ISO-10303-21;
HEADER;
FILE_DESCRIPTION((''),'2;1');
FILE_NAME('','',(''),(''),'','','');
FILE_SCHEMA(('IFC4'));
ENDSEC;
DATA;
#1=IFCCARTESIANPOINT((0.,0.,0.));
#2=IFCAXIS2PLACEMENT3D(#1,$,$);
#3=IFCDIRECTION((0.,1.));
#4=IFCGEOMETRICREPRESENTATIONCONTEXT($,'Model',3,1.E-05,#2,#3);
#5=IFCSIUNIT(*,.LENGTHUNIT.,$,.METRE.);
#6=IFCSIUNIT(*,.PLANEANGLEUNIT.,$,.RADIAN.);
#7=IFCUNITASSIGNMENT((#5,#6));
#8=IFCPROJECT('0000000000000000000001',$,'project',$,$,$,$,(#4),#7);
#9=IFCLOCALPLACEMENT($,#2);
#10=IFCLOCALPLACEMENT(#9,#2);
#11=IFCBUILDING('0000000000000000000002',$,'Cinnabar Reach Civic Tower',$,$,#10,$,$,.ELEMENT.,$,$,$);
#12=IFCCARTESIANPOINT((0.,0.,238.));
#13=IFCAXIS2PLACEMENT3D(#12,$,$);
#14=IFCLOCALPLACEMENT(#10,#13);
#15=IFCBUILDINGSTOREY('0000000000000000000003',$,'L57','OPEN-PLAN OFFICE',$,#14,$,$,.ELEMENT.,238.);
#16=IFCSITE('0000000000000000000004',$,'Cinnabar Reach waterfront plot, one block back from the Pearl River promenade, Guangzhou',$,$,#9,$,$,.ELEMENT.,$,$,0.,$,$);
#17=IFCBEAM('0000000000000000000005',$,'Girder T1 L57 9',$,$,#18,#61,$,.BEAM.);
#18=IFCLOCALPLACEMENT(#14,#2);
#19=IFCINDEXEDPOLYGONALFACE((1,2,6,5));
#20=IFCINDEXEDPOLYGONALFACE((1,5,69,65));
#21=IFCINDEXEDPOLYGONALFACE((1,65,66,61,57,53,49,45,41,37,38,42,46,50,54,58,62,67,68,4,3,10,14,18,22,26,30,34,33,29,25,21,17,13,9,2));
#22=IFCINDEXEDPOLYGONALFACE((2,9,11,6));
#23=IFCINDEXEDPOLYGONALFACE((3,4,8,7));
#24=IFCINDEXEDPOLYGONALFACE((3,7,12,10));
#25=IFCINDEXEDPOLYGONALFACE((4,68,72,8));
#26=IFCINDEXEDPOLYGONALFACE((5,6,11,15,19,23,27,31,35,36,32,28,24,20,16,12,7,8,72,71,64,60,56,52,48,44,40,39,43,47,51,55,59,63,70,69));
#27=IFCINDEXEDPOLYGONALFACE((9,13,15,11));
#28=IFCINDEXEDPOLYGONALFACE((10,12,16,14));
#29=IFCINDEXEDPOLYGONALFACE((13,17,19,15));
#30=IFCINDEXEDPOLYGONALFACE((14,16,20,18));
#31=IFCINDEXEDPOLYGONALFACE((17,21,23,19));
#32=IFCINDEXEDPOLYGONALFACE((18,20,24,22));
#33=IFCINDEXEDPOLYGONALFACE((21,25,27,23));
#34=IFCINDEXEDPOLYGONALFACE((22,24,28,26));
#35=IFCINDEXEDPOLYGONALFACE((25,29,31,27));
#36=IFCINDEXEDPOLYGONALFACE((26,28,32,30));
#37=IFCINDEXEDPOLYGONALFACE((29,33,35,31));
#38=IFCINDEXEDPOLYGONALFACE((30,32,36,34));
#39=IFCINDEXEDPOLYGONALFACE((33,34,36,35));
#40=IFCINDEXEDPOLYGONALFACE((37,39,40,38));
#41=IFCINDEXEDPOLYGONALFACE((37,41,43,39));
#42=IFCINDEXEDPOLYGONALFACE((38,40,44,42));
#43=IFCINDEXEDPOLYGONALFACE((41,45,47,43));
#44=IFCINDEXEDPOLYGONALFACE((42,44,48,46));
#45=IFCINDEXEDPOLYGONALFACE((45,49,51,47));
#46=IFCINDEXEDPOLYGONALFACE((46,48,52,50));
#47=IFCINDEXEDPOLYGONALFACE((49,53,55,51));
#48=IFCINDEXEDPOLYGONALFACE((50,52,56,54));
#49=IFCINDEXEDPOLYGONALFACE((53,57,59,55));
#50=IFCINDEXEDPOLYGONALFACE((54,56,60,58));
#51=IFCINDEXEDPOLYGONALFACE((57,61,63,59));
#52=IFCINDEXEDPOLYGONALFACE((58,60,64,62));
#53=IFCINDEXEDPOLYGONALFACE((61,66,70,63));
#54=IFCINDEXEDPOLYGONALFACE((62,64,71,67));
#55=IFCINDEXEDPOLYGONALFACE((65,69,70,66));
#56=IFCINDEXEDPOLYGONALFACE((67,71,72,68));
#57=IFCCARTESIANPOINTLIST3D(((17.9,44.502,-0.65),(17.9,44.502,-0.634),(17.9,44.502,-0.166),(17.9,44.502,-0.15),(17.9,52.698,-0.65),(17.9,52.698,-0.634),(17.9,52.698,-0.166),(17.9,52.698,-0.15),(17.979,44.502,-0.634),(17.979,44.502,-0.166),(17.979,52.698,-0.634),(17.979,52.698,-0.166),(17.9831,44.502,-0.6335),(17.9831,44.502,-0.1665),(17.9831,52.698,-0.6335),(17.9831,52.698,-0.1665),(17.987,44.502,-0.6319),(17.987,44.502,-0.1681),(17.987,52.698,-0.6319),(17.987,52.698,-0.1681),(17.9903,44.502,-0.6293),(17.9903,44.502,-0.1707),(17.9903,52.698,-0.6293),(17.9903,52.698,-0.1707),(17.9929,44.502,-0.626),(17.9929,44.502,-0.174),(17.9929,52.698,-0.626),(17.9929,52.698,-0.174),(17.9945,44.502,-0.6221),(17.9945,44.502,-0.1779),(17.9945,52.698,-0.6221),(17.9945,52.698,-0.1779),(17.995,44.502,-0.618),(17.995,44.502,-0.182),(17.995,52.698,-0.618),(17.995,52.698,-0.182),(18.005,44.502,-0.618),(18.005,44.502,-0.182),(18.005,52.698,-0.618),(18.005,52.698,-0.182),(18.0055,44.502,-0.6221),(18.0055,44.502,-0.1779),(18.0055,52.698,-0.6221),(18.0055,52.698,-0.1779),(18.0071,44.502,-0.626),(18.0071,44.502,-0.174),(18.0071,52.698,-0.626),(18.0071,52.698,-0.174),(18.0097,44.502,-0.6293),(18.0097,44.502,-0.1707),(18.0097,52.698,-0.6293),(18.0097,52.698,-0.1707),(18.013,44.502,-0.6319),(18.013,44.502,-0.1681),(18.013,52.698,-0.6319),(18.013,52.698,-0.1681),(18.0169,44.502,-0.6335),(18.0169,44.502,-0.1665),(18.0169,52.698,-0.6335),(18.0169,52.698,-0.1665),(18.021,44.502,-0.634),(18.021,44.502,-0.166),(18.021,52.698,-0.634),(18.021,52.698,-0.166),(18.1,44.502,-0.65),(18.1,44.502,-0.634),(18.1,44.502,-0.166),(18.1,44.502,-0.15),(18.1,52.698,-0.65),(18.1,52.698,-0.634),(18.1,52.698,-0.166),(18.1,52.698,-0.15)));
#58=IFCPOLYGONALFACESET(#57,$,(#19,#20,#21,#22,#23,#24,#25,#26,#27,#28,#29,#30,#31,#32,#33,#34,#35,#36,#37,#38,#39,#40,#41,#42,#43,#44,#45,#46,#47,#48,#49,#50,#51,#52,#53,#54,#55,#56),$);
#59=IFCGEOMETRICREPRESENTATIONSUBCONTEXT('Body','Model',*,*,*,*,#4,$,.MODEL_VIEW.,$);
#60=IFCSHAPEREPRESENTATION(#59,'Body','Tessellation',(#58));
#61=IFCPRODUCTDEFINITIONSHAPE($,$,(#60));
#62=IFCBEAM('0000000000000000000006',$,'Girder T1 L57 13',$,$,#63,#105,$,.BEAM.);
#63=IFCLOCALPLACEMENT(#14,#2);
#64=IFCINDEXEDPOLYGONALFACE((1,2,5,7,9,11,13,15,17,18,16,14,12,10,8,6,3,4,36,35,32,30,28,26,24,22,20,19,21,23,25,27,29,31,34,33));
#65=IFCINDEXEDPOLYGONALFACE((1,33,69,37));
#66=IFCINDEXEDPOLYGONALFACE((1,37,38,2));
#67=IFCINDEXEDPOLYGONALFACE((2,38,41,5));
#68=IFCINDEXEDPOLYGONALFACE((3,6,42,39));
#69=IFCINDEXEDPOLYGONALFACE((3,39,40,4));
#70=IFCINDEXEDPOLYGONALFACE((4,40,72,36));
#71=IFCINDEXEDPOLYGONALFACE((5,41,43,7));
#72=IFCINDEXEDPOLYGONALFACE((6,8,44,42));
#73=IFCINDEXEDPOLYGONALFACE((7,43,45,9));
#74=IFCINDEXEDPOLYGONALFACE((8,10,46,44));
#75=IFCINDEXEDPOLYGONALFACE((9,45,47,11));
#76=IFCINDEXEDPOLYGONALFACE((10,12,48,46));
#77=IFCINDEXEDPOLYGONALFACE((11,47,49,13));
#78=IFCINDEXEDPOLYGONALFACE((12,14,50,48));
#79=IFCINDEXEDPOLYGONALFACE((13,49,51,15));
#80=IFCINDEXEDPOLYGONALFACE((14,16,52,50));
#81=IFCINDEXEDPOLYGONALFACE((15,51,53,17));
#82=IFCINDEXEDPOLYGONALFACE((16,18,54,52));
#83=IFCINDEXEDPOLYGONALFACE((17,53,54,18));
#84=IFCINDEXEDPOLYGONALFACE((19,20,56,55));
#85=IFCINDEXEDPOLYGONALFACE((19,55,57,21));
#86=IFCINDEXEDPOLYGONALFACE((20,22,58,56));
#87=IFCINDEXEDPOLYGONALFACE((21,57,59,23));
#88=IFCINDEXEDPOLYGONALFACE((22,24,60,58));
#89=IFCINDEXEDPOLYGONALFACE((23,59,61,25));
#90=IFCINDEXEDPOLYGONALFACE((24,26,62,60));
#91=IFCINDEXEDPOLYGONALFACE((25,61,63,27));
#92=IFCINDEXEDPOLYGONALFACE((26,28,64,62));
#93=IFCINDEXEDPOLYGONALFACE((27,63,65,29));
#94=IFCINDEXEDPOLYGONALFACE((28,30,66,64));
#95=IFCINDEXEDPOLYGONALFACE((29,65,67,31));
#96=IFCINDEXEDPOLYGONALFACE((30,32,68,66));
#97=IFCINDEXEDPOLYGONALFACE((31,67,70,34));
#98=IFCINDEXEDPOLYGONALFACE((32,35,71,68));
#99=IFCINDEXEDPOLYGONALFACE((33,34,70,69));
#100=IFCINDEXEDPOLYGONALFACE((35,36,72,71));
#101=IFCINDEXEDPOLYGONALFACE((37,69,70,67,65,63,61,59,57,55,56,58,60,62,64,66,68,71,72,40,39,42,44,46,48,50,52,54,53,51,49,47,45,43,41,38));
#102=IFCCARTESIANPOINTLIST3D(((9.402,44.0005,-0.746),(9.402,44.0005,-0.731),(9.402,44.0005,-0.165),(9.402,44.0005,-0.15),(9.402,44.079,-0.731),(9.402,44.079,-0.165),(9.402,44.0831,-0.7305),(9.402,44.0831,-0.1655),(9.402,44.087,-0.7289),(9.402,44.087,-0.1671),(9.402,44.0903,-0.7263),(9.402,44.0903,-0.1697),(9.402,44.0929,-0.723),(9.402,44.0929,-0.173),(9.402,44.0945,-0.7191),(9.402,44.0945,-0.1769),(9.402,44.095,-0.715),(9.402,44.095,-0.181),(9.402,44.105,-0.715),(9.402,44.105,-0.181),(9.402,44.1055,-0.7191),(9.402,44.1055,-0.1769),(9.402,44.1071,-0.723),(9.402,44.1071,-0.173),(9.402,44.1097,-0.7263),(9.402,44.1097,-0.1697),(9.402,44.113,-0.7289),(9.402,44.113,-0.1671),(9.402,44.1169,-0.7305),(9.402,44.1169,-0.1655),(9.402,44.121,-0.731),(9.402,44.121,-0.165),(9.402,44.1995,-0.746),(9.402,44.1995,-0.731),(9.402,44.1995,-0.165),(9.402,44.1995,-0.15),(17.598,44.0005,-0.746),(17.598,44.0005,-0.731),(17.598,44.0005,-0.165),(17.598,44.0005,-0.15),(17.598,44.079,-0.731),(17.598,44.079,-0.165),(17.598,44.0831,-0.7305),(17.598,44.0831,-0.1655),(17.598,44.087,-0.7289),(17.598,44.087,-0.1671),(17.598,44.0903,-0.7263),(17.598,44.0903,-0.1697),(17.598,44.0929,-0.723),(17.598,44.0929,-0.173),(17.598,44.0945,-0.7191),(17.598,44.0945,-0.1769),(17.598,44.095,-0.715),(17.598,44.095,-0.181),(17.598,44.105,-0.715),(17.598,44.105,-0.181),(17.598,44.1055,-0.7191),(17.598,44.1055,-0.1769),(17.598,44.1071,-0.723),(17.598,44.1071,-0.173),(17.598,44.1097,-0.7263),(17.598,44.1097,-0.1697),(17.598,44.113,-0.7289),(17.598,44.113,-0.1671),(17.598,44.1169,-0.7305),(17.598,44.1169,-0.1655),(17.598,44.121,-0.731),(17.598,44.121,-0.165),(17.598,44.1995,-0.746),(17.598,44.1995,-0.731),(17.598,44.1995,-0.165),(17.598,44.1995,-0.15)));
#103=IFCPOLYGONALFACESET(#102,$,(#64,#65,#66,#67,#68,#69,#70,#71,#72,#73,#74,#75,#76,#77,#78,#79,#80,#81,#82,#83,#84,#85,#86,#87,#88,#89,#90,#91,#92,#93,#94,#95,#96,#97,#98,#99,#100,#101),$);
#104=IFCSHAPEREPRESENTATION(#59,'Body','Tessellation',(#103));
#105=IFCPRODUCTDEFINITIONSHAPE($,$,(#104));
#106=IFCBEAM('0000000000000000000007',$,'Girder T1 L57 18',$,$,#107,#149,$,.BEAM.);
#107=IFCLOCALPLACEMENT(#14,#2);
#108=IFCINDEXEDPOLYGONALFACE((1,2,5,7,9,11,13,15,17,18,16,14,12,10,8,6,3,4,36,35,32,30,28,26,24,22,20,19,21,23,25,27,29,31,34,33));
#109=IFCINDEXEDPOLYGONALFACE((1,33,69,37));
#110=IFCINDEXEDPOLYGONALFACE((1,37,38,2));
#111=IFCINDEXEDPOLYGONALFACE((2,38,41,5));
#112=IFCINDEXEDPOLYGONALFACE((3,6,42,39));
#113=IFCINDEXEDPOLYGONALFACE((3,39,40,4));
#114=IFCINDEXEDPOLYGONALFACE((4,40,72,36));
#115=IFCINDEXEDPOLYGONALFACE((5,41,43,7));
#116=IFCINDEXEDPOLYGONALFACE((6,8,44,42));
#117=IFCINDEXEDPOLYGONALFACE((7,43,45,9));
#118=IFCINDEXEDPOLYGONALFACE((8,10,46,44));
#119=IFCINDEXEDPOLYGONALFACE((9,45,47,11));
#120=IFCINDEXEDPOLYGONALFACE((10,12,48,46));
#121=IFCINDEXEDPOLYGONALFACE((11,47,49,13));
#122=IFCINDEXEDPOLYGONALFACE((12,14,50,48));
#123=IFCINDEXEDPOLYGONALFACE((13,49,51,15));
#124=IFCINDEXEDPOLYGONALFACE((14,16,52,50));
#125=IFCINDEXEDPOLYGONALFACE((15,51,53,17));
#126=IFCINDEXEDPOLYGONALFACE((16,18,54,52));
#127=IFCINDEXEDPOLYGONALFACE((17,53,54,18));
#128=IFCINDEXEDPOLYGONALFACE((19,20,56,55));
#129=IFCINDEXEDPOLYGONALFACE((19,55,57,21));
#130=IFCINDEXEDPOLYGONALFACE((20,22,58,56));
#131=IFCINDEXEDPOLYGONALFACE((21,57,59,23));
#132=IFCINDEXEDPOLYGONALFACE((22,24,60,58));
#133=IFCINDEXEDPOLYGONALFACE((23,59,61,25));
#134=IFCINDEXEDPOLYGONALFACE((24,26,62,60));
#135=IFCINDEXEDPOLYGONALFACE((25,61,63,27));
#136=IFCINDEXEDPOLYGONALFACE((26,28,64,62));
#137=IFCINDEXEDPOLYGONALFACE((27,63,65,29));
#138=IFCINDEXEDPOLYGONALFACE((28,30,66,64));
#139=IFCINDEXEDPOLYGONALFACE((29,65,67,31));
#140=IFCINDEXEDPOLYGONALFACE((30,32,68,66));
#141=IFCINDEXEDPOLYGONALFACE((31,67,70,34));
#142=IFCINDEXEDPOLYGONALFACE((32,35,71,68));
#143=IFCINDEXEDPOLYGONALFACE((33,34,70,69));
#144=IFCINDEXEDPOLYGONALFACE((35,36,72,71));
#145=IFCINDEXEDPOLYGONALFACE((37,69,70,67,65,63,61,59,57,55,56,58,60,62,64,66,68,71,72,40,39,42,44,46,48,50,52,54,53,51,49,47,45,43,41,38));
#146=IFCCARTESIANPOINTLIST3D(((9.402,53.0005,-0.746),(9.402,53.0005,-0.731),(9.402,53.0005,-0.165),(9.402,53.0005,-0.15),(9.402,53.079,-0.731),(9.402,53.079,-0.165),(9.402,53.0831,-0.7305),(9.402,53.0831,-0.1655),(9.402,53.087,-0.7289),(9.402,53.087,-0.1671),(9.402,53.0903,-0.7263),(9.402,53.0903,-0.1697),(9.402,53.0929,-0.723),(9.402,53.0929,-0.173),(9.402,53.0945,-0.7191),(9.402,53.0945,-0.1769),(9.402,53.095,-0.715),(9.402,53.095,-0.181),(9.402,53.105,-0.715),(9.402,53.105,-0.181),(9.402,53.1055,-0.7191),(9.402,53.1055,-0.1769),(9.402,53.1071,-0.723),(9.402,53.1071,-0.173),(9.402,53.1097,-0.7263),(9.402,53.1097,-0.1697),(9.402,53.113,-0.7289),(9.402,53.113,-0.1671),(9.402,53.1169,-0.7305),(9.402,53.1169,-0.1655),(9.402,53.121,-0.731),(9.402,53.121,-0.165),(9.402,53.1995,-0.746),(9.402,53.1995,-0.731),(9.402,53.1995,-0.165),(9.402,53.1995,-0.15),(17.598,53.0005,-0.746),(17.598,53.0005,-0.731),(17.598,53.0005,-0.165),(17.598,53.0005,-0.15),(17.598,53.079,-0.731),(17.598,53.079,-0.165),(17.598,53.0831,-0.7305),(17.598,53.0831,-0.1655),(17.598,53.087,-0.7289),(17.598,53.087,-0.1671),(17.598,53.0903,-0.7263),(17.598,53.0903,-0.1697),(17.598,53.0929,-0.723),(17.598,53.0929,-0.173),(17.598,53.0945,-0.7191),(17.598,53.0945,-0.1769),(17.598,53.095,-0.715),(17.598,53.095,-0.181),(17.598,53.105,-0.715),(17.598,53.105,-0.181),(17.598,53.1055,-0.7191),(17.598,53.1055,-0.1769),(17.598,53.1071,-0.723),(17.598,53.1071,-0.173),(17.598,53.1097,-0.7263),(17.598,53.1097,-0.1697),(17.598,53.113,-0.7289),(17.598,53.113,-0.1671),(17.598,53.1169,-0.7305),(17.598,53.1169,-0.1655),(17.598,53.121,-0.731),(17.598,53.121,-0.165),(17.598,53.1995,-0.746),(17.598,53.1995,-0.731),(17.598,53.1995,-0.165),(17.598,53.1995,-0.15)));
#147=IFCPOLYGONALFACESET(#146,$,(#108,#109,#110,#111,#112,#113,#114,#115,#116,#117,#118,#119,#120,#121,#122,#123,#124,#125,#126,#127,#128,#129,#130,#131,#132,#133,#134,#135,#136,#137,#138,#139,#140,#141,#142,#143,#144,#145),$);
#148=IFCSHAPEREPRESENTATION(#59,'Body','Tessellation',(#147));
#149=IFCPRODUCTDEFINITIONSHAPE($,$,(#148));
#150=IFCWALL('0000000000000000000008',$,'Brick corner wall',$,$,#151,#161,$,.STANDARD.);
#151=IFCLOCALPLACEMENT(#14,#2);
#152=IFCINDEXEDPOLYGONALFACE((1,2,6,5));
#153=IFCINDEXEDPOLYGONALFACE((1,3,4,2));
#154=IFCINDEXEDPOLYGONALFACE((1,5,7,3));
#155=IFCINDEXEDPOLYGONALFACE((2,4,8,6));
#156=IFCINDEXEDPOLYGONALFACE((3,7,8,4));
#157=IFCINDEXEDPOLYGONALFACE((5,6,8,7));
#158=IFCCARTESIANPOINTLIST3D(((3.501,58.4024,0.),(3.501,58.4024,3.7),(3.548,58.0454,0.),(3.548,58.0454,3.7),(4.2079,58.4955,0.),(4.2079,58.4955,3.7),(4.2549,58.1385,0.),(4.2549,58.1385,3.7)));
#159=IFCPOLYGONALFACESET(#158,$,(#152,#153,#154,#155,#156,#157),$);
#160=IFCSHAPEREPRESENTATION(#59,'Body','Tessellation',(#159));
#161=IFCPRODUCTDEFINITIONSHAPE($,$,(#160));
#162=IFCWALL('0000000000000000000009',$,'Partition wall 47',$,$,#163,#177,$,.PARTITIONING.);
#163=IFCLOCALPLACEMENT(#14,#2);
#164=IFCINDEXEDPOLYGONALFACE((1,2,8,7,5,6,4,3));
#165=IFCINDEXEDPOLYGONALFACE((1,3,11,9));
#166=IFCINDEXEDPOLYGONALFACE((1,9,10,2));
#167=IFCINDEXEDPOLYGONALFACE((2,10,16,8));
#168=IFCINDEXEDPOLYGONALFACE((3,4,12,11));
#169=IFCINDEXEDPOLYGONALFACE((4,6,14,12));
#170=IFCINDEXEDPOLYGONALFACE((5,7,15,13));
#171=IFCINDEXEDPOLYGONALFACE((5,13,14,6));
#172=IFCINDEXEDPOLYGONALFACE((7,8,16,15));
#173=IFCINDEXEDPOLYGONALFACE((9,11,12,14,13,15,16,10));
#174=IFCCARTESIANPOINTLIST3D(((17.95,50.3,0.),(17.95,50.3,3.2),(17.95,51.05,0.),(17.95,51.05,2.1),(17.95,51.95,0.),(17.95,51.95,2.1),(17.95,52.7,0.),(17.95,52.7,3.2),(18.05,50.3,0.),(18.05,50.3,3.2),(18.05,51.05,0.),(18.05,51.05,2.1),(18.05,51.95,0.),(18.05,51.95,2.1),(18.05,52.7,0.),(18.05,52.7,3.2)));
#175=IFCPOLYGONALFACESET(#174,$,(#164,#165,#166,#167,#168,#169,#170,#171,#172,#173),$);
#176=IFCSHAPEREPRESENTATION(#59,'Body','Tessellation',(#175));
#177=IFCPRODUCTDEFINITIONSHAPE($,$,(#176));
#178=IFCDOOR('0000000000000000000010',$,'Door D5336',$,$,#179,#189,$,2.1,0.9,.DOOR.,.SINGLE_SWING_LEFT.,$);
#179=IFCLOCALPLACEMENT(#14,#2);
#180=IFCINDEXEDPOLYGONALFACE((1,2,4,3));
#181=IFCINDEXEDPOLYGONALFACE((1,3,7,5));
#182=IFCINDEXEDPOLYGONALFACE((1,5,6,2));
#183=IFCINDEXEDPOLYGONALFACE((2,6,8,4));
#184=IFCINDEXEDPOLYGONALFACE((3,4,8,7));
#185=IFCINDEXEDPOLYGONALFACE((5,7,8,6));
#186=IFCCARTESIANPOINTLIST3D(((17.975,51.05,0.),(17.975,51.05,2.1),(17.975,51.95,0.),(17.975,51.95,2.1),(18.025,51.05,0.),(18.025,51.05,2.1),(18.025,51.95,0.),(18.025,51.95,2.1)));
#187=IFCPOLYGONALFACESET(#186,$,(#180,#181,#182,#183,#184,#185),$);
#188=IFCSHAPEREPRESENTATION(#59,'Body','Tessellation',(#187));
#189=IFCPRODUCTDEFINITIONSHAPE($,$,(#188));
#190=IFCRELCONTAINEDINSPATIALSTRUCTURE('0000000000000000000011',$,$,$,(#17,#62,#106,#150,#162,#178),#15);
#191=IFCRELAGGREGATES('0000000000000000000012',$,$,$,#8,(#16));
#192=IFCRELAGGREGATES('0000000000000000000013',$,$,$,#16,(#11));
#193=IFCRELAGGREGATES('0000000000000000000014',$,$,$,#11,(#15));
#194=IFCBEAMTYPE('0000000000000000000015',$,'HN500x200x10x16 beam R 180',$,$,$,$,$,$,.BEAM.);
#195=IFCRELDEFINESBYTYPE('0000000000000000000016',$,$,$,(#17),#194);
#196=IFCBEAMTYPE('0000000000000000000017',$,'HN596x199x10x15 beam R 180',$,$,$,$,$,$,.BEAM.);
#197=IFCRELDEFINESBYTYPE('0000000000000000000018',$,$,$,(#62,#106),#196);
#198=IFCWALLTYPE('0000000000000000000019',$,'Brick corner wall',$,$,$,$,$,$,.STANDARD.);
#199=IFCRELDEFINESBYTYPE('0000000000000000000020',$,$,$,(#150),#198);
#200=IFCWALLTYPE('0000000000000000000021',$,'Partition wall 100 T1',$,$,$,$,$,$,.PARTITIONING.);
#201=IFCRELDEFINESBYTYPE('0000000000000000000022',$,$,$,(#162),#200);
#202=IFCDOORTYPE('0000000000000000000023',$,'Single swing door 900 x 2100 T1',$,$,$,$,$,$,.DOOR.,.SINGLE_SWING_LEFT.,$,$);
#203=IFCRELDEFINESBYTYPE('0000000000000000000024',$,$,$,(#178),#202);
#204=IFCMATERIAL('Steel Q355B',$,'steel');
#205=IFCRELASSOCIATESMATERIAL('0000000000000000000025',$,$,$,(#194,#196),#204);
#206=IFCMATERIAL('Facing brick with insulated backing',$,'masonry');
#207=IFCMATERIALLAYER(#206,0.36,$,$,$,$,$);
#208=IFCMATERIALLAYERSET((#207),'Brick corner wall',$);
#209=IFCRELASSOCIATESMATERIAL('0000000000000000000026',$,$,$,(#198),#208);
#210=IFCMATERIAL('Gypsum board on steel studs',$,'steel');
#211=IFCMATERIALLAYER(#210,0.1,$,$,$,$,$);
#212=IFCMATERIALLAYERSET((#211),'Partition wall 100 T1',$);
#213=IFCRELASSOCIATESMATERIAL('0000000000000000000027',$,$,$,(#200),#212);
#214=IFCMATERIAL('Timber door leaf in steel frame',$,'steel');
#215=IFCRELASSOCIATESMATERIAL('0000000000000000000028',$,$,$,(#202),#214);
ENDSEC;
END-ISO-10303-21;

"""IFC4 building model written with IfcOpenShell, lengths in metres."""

from ifc_helpers import new_model, si_unit, direction, frame, frame_2d, origin, origin_2d, place, context, subcontext, project, spatial, rectangle, i_section, extrude, material, layer, layer_set, material_profile, profile_set, type_object, element, fill, save


model = new_model("IFC4")

# Units and contexts
model_context = context("Model", 3, precision=1e-05, world=origin(), true_north=direction((0.0, 1.0)))
body_context = subcontext(model_context, "Body", "Model", "MODEL_VIEW")
ifc_project = project(units=[si_unit("LENGTHUNIT", "METRE"), si_unit("PLANEANGLEUNIT", "RADIAN")], contexts=[model_context])

# Site, building, storey
site_placement = place(None, origin())
site = spatial("IfcSite", under=ifc_project, at=site_placement, Name="Cinnabar Reach waterfront plot, one block back from the Pearl River promenade, Guangzhou", CompositionType="ELEMENT", RefElevation=0.0)
building_placement = place(site_placement, origin())
building = spatial("IfcBuilding", under=site, at=building_placement, Name="Cinnabar Reach Civic Tower", CompositionType="ELEMENT")
storey_placement = place(building_placement, frame((0.0, 0.0, 238.0)))
storey = spatial("IfcBuildingStorey", under=building, at=storey_placement, Name="L57", Description="OPEN-PLAN OFFICE", CompositionType="ELEMENT", Elevation=238.0)

# Beams
ifc_material_1 = material(Name="Steel Q355B", Category="steel")
ifc_material_profile_1 = material_profile(ifc_material_1, i_section(OverallWidth=0.2, OverallDepth=0.5, WebThickness=0.01, FlangeThickness=0.016, FilletRadius=0.016, at=origin_2d()), Name="HN500x200x10x16")
ifc_profile_set_1 = profile_set([ifc_material_profile_1], Name="Steel Q355B")
beam_type_1 = type_object("IfcBeamType", Name="HN500x200x10x16 beam R 180", PredefinedType="BEAM", material=ifc_profile_set_1)
for number, where, z_axis, x_axis, name in (
    (1, (18.0, 44.502, -0.4), (0.0, 1.0, 0.0), (-1.0, 0.0, 0.0), "Girder T1 L57 9"),
):
    element("IfcBeam", number, at=place(storey_placement, frame(where, z_axis=z_axis, x_axis=x_axis)), inside=storey, type_object=beam_type_1, Name=name, PredefinedType="BEAM", context=body_context, shape_type="SweptSolid", body=[
        extrude(i_section(OverallWidth=0.2, OverallDepth=0.5, WebThickness=0.01, FlangeThickness=0.016, FilletRadius=0.016, at=origin_2d()), origin(), (0.0, 0.0, 1.0), 8.196),
    ])
ifc_material_profile_2 = material_profile(ifc_material_1, i_section(OverallWidth=0.199, OverallDepth=0.596, WebThickness=0.01, FlangeThickness=0.015, FilletRadius=0.016, at=origin_2d()), Name="HN596x199x10x15")
ifc_profile_set_2 = profile_set([ifc_material_profile_2], Name="Steel Q355B")
beam_type_2 = type_object("IfcBeamType", Name="HN596x199x10x15 beam R 180", PredefinedType="BEAM", material=ifc_profile_set_2)
for number, where, z_axis, x_axis, name in (
    (2, (9.402, 44.1, -0.448), (1.0, 0.0, 0.0), (0.0, 1.0, 0.0), "Girder T1 L57 13"),
    (3, (9.402, 53.1, -0.448), (1.0, 0.0, 0.0), (0.0, 1.0, 0.0), "Girder T1 L57 18"),
):
    element("IfcBeam", number, at=place(storey_placement, frame(where, z_axis=z_axis, x_axis=x_axis)), inside=storey, type_object=beam_type_2, Name=name, PredefinedType="BEAM", context=body_context, shape_type="SweptSolid", body=[
        extrude(i_section(OverallWidth=0.199, OverallDepth=0.596, WebThickness=0.01, FlangeThickness=0.015, FilletRadius=0.016, at=origin_2d()), origin(), (0.0, 0.0, 1.0), 8.196),
    ])

# Wall
ifc_material_2 = material(Name="Facing brick with insulated backing", Category="masonry")
ifc_layer_1 = layer(ifc_material_2, 0.36)
ifc_layer_set_1 = layer_set([ifc_layer_1], Name="Brick corner wall")
wall_type_1 = type_object("IfcWallType", Name="Brick corner wall", PredefinedType="STANDARD", material=ifc_layer_set_1)
wall_1_placement = place(storey_placement, frame((4.2314, 58.317, 0.0), z_axis=(0.0, 0.0, 1.0), x_axis=(-0.991441, -0.130556, 0.0)))
element("IfcWall", 4, at=wall_1_placement, inside=storey, type_object=wall_type_1, Name="Brick corner wall", PredefinedType="STANDARD", context=body_context, shape_type="SweptSolid", body=[
    extrude(rectangle(XDim=0.7131, YDim=0.36, at=frame_2d((0.3565, 0.0))), origin(), (0.0, 0.0, 1.0), 3.7),
])

# Wall, opening, door
ifc_material_3 = material(Name="Gypsum board on steel studs", Category="steel")
ifc_layer_2 = layer(ifc_material_3, 0.1)
ifc_layer_set_2 = layer_set([ifc_layer_2], Name="Partition wall 100 T1")
wall_type_2 = type_object("IfcWallType", Name="Partition wall 100 T1", PredefinedType="PARTITIONING", material=ifc_layer_set_2)
wall_2_placement = place(storey_placement, frame((18.0, 50.3, 0.0), z_axis=(0.0, 0.0, 1.0), x_axis=(0.0, 1.0, 0.0)))
wall_2 = element("IfcWall", 5, at=wall_2_placement, inside=storey, type_object=wall_type_2, Name="Partition wall 47", PredefinedType="PARTITIONING", context=body_context, shape_type="SweptSolid", body=[
    extrude(rectangle(XDim=2.4, YDim=0.1, at=frame_2d((1.2, 0.0))), origin(), (0.0, 0.0, 1.0), 3.2),
])
opening_1_placement = place(wall_2_placement, frame((0.75, 0.0, 0.0)))
opening_1 = element("IfcOpeningElement", 6, at=opening_1_placement, cuts=wall_2, PredefinedType="OPENING", context=body_context, shape_type="SweptSolid", body=[
    extrude(rectangle(XDim=0.9, YDim=2.1, at=frame_2d((0.45, 1.05))), frame((0.0, 0.06, 0.0), z_axis=(0.0, -1.0, 0.0), x_axis=(1.0, 0.0, 0.0)), (0.0, 0.0, 1.0), 0.12),
])
ifc_material_4 = material(Name="Timber door leaf in steel frame", Category="steel")
door_type = type_object("IfcDoorType", Name="Single swing door 900 x 2100 T1", OperationType="SINGLE_SWING_LEFT", PredefinedType="DOOR", material=ifc_material_4)
door_1_placement = place(opening_1_placement, frame((0.9, 0.0, 0.0), z_axis=(0.0, 0.0, 1.0), x_axis=(-1.0, 0.0, 0.0)))
door_1 = element("IfcDoor", 7, at=door_1_placement, inside=storey, type_object=door_type, Name="Door D5336", OperationType="SINGLE_SWING_LEFT", OverallHeight=2.1, OverallWidth=0.9, PredefinedType="DOOR", context=body_context, shape_type="SweptSolid", body=[
    extrude(rectangle(XDim=0.9, YDim=2.1, at=frame_2d((0.45, 1.05))), frame((0.0, 0.025, 0.0), z_axis=(0.0, -1.0, 0.0), x_axis=(1.0, 0.0, 0.0)), (0.0, 0.0, 1.0), 0.05),
])
fill(opening_1, door_1)

save(model, "model.ifc")
